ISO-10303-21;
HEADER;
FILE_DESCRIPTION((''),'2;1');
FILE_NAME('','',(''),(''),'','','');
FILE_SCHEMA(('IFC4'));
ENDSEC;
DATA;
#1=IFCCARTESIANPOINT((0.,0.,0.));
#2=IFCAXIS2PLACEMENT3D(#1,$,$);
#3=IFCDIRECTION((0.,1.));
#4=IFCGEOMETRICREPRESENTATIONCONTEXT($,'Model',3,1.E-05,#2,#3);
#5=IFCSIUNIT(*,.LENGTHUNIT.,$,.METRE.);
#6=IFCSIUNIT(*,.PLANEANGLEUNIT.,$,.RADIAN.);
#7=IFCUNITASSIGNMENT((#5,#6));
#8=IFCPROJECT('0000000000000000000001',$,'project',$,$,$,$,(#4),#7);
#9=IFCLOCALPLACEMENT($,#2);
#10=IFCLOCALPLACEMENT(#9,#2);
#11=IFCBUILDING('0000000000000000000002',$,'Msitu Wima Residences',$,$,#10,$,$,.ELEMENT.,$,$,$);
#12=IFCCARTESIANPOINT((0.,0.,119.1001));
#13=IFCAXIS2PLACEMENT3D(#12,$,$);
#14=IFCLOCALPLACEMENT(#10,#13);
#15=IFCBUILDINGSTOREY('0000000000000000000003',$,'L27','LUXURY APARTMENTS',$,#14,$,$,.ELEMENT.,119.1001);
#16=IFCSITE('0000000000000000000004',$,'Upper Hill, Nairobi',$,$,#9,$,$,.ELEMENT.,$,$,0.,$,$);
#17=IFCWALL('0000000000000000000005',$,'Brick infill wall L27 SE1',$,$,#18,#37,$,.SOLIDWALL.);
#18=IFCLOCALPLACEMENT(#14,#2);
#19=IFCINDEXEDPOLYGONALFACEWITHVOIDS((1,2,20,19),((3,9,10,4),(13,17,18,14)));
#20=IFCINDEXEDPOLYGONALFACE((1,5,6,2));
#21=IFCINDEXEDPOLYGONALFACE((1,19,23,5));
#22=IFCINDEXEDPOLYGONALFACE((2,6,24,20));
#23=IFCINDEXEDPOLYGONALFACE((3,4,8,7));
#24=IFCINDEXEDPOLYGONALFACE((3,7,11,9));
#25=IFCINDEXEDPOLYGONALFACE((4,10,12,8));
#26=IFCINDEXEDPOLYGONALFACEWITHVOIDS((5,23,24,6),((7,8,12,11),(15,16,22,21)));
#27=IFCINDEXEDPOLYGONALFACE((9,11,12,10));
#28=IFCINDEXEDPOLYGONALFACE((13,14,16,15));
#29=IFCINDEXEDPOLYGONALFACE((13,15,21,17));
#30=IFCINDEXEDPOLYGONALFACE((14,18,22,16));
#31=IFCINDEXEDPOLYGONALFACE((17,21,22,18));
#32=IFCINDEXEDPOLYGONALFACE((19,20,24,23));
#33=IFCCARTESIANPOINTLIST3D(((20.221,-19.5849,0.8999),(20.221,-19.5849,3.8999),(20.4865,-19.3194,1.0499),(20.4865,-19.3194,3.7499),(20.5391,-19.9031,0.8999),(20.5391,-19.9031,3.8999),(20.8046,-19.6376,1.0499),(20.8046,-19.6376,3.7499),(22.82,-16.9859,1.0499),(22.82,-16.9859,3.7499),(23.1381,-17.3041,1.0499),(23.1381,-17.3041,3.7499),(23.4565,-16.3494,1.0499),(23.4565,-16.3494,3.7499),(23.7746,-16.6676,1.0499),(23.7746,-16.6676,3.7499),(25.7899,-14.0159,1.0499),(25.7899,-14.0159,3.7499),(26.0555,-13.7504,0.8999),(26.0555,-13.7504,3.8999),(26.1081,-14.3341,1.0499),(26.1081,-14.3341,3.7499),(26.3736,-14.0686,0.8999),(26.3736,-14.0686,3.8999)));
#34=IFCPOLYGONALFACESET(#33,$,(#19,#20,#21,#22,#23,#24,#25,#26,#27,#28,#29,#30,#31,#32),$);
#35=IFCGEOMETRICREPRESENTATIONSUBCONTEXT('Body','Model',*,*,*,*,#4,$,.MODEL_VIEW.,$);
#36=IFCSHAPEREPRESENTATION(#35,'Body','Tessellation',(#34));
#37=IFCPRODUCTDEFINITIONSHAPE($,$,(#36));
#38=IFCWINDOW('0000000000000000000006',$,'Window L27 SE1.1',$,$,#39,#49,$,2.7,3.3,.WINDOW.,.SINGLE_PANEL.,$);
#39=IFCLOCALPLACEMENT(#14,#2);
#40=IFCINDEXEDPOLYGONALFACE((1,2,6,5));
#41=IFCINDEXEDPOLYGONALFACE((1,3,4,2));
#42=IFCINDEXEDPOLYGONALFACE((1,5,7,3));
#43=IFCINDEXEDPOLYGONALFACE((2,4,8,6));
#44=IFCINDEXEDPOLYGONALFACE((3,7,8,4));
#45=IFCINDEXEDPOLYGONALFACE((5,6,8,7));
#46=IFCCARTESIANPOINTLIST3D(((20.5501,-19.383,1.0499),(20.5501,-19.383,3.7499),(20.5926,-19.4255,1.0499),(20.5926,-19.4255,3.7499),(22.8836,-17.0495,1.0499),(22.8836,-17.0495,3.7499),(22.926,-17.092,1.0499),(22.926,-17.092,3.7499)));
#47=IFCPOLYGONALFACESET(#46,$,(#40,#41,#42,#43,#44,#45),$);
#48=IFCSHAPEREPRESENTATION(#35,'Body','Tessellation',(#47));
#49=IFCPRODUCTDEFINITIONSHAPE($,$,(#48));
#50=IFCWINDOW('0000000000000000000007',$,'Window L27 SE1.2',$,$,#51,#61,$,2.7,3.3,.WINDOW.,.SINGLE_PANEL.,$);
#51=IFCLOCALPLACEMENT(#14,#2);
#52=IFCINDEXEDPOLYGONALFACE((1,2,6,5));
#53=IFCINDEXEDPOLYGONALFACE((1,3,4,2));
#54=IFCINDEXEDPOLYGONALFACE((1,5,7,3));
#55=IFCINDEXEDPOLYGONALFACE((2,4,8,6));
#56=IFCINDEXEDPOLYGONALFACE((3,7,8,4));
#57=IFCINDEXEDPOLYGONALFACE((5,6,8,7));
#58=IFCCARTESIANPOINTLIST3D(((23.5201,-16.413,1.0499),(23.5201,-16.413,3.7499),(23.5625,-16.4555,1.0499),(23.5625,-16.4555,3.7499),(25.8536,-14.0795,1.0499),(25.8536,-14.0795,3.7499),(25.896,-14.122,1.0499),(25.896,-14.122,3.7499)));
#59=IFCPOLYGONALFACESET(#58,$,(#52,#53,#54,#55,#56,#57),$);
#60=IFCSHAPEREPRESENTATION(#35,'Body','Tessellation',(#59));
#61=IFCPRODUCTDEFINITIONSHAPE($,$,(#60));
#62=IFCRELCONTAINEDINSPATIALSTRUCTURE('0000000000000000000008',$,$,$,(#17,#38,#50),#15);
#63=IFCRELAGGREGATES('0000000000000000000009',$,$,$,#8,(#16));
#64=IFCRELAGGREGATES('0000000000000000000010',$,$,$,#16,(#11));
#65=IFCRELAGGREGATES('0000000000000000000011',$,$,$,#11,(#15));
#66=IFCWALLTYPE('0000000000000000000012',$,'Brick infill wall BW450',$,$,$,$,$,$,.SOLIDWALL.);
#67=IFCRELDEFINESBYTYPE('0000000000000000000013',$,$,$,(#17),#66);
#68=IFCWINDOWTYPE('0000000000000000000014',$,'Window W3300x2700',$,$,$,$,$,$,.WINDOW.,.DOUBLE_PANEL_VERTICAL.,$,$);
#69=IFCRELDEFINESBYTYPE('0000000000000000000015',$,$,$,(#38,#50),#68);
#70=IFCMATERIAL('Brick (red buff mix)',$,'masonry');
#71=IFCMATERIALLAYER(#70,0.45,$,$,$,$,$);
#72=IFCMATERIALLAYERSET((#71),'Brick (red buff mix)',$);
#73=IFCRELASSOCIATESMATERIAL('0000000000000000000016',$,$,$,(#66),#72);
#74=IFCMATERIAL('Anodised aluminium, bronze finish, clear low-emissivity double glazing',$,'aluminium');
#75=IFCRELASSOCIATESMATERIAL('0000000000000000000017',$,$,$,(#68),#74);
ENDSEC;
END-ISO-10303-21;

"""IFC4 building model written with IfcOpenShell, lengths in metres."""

from ifc_helpers import new_model, si_unit, direction, frame, frame_2d, origin, place, context, subcontext, project, spatial, rectangle, extrude, material, layer, layer_set, type_object, element, fill, save


model = new_model("IFC4")

# Units and contexts
model_context = context("Model", 3, precision=1e-05, world=origin(), true_north=direction((0.0, 1.0)))
body_context = subcontext(model_context, "Body", "Model", "MODEL_VIEW")
ifc_project = project(units=[si_unit("LENGTHUNIT", "METRE"), si_unit("PLANEANGLEUNIT", "RADIAN")], contexts=[model_context])

# Site, building, storey
site_placement = place(None, origin())
site = spatial("IfcSite", under=ifc_project, at=site_placement, Name="Upper Hill, Nairobi", CompositionType="ELEMENT", RefElevation=0.0)
building_placement = place(site_placement, origin())
building = spatial("IfcBuilding", under=site, at=building_placement, Name="Msitu Wima Residences", CompositionType="ELEMENT")
storey_placement = place(building_placement, frame((0.0, 0.0, 119.1001)))
storey = spatial("IfcBuildingStorey", under=building, at=storey_placement, Name="L27", Description="LUXURY APARTMENTS", CompositionType="ELEMENT", Elevation=119.1001)

# Shared definitions
ifc_material_1 = material(Name="Brick (red buff mix)", Category="masonry")
ifc_layer_1 = layer(ifc_material_1, 0.45)
ifc_layer_set_1 = layer_set([ifc_layer_1], Name="Brick (red buff mix)")
wall_type_1 = type_object("IfcWallType", Name="Brick infill wall BW450", PredefinedType="SOLIDWALL", material=ifc_layer_set_1)
ifc_material_2 = material(Name="Anodised aluminium, bronze finish, clear low-emissivity double glazing", Category="aluminium")
window_type = type_object("IfcWindowType", Name="Window W3300x2700", PartitioningType="DOUBLE_PANEL_VERTICAL", PredefinedType="WINDOW", material=ifc_material_2)

# Wall, openings, windows
wall_1_placement = place(storey_placement, frame((20.3801, -19.7439, 0.8999), z_axis=(0.0, 0.0, 1.0), x_axis=(0.707107, 0.707107, 0.0)))
wall_1 = element("IfcWall", 1, at=wall_1_placement, inside=storey, type_object=wall_type_1, Name="Brick infill wall L27 SE1", PredefinedType="SOLIDWALL", context=body_context, shape_type="SweptSolid", body=[
    extrude(rectangle(XDim=8.2512, YDim=0.45, at=frame_2d((4.1255, 0.0))), origin(), (0.0, 0.0, 1.0), 3.0),
])
opening_1_placement = place(wall_1_placement, frame((0.3755, 0.0, 0.1499)))
opening_1 = element("IfcOpeningElement", 2, at=opening_1_placement, cuts=wall_1, PredefinedType="OPENING", context=body_context, shape_type="SweptSolid", body=[
    extrude(rectangle(XDim=3.3, YDim=2.7, at=frame_2d((1.6499, 1.3501))), frame((0.0, 0.2349, 0.0), z_axis=(0.0, -1.0, 0.0), x_axis=(1.0, 0.0, 0.0)), (0.0, 0.0, 1.0), 0.47),
])
opening_2_placement = place(wall_1_placement, frame((4.5757, 0.0, 0.1499)))
opening_2 = element("IfcOpeningElement", 3, at=opening_2_placement, cuts=wall_1, PredefinedType="OPENING", context=body_context, shape_type="SweptSolid", body=[
    extrude(rectangle(XDim=3.3, YDim=2.7, at=frame_2d((1.6499, 1.3501))), frame((0.0, 0.2349, 0.0), z_axis=(0.0, -1.0, 0.0), x_axis=(1.0, 0.0, 0.0)), (0.0, 0.0, 1.0), 0.47),
])
window_1_placement = place(opening_1_placement, origin())
window_1 = element("IfcWindow", 4, at=window_1_placement, inside=storey, type_object=window_type, Name="Window L27 SE1.1", OverallHeight=2.7, OverallWidth=3.3, PartitioningType="SINGLE_PANEL", PredefinedType="WINDOW", context=body_context, shape_type="SweptSolid", body=[
    extrude(rectangle(XDim=3.3, YDim=2.7, at=frame_2d((1.6499, 1.3501))), frame((0.0, 0.135, 0.0), z_axis=(0.0, -1.0, 0.0), x_axis=(1.0, 0.0, 0.0)), (0.0, 0.0, 1.0), 0.0601),
])
fill(opening_1, window_1)
window_2_placement = place(opening_2_placement, origin())
window_2 = element("IfcWindow", 5, at=window_2_placement, inside=storey, type_object=window_type, Name="Window L27 SE1.2", OverallHeight=2.7, OverallWidth=3.3, PartitioningType="SINGLE_PANEL", PredefinedType="WINDOW", context=body_context, shape_type="SweptSolid", body=[
    extrude(rectangle(XDim=3.3, YDim=2.7, at=frame_2d((1.6499, 1.3501))), frame((0.0, 0.135, 0.0), z_axis=(0.0, -1.0, 0.0), x_axis=(1.0, 0.0, 0.0)), (0.0, 0.0, 1.0), 0.0601),
])
fill(opening_2, window_2)

save(model, "model.ifc")
